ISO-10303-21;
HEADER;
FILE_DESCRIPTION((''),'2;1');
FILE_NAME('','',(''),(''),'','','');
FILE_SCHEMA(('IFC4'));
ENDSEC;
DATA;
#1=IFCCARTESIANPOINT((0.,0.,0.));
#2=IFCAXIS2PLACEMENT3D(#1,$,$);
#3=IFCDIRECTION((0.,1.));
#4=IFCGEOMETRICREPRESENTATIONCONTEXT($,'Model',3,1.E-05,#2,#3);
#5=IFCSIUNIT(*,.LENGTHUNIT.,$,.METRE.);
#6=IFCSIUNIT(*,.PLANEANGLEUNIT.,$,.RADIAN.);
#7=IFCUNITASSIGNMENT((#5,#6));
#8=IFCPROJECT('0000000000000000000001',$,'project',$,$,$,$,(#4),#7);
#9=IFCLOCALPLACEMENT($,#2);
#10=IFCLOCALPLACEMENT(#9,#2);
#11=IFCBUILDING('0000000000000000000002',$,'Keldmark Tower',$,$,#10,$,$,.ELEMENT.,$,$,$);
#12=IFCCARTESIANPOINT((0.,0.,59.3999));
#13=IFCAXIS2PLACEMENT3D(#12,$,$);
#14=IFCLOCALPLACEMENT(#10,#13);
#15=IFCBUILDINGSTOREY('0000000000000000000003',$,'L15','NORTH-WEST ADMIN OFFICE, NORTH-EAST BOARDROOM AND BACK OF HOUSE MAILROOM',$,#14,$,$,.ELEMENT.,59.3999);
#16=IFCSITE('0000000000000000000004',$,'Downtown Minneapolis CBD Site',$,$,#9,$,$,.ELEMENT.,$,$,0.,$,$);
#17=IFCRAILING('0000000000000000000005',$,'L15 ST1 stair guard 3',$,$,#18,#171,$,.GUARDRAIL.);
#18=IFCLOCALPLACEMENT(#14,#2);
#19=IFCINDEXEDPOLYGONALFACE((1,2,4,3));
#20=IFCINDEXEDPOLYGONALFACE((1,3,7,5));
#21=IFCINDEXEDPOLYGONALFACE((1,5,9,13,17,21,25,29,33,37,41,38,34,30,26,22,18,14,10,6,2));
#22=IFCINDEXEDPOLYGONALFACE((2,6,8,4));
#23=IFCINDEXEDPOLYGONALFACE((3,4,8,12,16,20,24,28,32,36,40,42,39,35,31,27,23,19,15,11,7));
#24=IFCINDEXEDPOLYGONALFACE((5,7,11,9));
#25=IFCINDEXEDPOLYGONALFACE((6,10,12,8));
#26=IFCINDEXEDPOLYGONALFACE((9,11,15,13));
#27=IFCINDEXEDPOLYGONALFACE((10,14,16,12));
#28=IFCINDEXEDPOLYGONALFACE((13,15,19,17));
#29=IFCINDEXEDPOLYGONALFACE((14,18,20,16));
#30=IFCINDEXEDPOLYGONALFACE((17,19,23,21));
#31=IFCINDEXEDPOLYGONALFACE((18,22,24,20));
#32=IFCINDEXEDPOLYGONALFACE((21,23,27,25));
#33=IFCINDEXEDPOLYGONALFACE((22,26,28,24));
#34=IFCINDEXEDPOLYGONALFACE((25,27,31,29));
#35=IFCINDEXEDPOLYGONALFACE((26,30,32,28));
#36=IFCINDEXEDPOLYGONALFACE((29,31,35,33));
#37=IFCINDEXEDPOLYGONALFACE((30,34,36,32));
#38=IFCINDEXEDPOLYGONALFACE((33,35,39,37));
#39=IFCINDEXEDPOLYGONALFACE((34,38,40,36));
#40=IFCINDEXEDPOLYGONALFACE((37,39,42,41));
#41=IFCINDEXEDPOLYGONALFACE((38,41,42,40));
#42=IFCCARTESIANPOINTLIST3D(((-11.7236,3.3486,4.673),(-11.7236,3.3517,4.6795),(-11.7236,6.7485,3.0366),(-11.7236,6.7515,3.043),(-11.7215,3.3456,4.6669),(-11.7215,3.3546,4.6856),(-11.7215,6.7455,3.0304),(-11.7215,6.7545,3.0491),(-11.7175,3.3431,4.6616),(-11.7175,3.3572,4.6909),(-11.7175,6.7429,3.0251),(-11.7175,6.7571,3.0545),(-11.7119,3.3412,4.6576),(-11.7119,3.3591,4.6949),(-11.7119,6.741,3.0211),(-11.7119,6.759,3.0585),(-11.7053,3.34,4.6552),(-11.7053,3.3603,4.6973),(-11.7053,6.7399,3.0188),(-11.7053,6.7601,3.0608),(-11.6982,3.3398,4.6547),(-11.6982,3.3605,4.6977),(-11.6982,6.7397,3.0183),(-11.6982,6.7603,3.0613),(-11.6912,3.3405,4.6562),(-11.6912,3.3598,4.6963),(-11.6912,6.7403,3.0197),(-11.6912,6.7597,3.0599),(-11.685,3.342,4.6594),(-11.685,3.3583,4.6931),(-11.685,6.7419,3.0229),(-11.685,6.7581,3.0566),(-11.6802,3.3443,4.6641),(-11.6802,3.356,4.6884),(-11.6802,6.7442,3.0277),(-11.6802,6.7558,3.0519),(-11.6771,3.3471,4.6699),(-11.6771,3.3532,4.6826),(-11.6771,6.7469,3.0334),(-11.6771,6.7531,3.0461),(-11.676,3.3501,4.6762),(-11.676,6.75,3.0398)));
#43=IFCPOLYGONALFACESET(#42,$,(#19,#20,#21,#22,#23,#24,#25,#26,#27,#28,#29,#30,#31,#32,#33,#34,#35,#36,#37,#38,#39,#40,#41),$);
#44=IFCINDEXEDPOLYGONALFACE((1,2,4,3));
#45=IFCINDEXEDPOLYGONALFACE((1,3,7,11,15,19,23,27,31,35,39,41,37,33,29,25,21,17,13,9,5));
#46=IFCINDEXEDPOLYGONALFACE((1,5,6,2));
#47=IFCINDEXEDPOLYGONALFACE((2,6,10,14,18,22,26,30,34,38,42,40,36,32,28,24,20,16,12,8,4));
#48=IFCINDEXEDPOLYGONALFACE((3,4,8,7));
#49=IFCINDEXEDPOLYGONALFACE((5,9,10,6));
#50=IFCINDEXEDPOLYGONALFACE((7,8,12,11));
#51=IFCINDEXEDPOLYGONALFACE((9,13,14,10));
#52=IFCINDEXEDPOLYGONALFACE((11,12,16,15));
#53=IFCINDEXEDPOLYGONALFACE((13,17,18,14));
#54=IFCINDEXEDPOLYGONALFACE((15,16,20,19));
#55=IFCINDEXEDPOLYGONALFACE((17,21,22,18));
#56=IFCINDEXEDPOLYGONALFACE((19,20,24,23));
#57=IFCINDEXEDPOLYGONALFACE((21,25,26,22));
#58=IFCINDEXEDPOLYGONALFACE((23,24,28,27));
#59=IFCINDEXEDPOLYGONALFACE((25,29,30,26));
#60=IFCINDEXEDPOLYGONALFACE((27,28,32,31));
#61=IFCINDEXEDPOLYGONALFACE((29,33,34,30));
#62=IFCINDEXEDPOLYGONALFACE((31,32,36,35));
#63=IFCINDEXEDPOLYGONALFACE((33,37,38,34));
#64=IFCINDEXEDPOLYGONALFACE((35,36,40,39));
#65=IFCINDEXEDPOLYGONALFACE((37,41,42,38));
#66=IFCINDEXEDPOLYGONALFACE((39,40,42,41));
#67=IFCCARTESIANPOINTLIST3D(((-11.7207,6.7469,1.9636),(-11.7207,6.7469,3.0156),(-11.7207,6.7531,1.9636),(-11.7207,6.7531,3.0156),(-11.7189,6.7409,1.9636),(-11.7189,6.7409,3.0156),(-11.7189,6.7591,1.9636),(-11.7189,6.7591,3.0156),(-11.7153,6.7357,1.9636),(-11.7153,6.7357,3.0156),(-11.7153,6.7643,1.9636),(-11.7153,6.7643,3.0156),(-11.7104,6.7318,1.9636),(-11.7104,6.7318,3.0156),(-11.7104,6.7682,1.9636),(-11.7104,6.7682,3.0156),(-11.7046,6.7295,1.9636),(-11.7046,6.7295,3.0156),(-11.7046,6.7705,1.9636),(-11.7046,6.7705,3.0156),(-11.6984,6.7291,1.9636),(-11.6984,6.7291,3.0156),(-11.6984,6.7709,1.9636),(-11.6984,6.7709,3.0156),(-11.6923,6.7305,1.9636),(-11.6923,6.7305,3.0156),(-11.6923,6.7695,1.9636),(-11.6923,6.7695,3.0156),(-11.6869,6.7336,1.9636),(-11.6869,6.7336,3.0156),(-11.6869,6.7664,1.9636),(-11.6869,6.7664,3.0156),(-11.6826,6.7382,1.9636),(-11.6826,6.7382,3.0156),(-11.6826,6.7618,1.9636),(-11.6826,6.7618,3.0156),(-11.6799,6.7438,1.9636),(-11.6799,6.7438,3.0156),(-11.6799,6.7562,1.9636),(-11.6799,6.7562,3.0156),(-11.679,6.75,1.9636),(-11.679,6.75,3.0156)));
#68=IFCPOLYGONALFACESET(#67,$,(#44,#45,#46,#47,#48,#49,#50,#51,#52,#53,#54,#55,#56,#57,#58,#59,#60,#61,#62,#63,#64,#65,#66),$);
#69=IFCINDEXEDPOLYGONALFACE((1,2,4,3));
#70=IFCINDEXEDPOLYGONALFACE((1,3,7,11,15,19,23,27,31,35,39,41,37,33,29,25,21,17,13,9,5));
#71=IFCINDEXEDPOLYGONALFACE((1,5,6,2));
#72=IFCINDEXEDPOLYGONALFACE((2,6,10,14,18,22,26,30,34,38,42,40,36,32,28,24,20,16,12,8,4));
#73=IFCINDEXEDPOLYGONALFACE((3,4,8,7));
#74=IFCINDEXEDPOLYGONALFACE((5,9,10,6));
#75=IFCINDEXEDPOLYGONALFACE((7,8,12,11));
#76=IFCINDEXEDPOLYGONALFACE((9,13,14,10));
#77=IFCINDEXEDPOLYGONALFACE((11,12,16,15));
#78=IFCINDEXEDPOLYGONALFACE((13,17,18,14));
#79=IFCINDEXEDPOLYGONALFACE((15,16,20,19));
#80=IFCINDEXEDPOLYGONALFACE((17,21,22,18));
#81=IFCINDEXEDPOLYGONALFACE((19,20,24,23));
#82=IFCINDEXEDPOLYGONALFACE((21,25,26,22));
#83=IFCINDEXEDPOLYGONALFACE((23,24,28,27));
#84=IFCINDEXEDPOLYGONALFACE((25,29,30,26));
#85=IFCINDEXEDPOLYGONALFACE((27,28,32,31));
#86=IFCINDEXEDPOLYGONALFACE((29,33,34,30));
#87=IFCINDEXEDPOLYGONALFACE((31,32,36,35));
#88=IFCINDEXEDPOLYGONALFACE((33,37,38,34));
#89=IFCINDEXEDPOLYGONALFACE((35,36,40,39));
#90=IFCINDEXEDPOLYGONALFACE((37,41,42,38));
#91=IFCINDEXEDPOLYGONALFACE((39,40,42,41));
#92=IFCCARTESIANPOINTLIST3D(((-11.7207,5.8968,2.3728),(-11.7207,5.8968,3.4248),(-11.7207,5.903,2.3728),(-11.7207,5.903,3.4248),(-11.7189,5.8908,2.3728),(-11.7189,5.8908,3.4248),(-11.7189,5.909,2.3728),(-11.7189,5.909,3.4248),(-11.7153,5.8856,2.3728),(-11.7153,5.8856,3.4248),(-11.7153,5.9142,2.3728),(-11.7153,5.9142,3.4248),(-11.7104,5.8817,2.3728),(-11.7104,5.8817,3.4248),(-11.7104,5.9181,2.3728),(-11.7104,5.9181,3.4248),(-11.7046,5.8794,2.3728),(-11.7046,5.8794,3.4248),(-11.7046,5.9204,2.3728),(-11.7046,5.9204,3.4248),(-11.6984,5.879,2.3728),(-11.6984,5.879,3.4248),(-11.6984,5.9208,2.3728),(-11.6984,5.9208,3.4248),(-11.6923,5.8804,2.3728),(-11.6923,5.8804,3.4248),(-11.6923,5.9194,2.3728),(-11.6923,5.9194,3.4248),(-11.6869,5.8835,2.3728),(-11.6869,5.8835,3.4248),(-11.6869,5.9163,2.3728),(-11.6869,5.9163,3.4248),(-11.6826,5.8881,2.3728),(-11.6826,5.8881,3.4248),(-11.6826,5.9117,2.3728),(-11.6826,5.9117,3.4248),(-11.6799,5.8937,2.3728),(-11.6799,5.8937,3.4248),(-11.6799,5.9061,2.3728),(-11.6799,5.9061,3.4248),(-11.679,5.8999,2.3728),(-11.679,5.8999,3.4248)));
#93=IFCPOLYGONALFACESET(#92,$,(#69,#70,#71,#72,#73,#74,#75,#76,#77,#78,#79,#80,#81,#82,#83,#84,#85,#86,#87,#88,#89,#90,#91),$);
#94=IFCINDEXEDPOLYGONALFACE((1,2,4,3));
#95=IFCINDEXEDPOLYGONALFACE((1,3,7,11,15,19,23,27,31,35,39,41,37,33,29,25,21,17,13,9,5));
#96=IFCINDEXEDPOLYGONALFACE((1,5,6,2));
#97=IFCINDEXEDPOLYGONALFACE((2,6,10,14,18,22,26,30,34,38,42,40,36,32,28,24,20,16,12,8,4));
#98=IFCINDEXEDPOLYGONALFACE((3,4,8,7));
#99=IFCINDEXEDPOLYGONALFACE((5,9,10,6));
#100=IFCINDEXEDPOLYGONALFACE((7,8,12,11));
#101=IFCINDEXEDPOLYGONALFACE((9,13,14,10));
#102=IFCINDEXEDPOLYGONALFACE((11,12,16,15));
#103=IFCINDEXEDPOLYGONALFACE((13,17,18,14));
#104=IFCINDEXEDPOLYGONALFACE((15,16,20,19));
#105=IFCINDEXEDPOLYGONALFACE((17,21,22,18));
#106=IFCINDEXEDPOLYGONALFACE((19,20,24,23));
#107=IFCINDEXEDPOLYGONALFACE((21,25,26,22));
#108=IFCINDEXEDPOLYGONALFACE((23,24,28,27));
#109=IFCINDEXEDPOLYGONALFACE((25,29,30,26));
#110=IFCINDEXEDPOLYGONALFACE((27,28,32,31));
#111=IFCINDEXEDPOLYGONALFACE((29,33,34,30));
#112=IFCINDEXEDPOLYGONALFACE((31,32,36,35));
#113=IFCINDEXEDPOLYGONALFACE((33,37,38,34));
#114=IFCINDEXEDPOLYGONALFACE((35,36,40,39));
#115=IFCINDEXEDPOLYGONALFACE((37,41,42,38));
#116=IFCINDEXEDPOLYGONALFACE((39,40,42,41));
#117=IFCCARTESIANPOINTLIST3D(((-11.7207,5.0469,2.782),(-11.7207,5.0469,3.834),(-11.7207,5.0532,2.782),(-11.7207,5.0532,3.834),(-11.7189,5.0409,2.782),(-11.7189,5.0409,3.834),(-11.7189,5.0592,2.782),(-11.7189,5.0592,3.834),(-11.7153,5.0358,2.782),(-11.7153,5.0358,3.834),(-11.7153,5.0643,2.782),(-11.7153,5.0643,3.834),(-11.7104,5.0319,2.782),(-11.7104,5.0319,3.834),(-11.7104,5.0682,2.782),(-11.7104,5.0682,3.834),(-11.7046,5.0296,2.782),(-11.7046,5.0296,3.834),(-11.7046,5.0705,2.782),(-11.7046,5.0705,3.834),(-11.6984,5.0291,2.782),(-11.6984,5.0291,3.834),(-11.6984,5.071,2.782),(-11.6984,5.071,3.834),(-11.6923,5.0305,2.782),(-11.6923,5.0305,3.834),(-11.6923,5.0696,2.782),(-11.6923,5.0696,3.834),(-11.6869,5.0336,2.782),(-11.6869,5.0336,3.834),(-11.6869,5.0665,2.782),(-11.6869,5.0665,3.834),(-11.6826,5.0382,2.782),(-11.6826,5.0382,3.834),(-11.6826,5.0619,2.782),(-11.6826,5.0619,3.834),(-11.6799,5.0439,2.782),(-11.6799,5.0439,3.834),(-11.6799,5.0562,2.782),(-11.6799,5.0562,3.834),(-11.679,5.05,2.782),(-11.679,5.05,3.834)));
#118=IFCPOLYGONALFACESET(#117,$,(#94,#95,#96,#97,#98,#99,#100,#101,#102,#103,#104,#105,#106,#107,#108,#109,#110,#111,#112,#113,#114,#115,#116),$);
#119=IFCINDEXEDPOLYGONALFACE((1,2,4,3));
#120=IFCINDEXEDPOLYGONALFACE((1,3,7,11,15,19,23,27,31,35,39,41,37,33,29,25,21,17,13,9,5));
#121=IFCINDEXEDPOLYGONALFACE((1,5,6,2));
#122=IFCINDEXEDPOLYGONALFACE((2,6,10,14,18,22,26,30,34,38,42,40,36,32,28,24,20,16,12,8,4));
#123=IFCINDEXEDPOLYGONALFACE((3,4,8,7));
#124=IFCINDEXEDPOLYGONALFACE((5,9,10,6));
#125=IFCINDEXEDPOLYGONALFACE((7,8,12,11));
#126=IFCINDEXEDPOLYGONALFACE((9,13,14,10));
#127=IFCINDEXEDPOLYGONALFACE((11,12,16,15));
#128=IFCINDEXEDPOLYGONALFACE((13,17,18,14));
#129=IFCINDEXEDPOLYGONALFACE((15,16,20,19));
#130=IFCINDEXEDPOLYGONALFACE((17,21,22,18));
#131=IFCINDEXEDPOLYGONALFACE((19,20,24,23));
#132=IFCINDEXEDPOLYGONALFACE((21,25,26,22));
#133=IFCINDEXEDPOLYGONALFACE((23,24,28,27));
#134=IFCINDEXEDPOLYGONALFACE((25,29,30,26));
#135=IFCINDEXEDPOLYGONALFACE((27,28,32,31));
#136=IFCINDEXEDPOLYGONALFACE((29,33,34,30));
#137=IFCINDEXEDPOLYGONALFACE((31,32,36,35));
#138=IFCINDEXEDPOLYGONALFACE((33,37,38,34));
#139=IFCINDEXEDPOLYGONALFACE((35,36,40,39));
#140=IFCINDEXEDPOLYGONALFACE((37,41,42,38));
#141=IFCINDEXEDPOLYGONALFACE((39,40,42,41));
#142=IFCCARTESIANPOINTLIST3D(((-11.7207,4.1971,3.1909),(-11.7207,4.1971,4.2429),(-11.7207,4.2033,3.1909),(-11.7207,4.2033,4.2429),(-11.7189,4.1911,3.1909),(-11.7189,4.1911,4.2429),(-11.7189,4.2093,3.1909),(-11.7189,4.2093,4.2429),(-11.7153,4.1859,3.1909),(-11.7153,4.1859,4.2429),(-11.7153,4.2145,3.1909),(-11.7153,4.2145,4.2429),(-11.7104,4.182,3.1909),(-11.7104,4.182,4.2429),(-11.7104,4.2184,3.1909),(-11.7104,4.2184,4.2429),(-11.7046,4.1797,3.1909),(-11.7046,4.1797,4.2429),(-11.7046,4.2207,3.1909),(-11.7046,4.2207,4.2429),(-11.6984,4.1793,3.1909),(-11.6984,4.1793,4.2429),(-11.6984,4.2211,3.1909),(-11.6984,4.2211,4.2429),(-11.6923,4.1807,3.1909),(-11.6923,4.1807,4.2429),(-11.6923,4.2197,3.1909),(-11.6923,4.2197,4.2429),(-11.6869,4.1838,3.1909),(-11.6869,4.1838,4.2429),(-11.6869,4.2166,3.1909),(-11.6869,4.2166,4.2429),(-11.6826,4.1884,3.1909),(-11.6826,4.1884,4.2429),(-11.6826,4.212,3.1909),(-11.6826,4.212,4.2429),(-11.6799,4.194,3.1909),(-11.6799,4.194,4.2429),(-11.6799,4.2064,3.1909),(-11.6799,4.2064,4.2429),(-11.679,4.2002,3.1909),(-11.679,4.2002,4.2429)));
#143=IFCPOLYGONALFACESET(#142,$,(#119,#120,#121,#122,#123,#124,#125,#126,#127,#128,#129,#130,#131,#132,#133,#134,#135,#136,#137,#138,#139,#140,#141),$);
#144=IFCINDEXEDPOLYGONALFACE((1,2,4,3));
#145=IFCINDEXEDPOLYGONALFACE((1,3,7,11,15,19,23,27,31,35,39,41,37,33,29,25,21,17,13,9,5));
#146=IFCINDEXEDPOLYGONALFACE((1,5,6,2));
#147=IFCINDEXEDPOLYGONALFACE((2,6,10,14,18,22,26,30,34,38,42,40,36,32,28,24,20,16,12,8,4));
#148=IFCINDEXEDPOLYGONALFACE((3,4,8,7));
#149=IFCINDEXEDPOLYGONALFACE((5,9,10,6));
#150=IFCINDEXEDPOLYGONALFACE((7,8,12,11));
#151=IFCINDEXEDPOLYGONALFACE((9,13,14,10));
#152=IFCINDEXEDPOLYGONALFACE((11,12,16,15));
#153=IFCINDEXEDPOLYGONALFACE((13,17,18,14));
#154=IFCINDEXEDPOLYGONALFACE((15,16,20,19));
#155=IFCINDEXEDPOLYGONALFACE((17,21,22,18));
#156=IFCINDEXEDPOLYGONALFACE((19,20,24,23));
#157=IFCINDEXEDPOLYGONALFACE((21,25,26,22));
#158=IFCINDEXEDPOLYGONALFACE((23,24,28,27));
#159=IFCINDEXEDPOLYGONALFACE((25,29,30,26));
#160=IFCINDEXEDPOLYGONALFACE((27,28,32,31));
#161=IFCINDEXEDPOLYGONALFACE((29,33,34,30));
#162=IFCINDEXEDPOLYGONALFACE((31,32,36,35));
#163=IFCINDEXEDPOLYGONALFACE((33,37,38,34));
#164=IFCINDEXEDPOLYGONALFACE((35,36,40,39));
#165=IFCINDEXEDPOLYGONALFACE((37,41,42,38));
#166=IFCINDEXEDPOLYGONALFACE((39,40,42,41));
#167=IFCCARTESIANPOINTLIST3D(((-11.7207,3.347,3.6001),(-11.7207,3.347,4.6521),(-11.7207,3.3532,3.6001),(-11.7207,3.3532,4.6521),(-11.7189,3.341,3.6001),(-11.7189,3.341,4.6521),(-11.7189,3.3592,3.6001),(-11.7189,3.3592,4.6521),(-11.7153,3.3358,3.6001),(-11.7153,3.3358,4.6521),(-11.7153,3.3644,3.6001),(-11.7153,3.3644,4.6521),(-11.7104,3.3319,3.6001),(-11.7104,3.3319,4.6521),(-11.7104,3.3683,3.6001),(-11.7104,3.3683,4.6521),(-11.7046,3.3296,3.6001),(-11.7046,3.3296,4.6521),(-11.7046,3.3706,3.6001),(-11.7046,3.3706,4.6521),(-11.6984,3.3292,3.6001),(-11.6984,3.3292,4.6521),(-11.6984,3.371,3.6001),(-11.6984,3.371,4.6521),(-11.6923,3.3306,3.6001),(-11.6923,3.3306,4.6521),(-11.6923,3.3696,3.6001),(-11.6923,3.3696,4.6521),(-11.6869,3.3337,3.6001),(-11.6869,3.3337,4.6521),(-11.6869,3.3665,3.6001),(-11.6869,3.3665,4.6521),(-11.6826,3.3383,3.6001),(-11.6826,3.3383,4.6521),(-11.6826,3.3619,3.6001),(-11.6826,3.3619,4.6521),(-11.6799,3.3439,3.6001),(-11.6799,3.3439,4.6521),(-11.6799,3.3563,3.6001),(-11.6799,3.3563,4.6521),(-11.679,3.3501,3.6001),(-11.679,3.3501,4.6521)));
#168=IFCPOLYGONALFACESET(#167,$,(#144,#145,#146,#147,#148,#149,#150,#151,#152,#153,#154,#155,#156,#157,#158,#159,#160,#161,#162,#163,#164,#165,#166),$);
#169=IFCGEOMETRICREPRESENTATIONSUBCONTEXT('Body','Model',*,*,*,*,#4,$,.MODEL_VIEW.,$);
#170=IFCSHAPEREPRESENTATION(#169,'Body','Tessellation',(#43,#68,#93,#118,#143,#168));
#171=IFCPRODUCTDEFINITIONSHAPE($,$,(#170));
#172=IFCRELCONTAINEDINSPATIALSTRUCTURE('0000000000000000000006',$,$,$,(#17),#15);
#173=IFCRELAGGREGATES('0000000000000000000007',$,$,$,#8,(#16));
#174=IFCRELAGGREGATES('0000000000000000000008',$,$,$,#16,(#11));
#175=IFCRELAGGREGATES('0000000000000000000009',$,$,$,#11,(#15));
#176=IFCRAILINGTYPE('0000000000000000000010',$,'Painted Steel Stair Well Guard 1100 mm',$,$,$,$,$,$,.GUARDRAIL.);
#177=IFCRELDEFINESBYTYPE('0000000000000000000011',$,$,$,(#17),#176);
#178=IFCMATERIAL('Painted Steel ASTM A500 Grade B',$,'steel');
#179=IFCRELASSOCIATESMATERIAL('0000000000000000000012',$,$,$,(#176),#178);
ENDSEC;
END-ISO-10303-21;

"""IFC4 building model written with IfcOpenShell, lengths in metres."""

from ifc_helpers import new_model, si_unit, direction, frame, origin, origin_2d, place, context, subcontext, project, spatial, circle, extrude, material, type_object, element, save


model = new_model("IFC4")

# Units and contexts
model_context = context("Model", 3, precision=1e-05, world=origin(), true_north=direction((0.0, 1.0)))
body_context = subcontext(model_context, "Body", "Model", "MODEL_VIEW")
ifc_project = project(units=[si_unit("LENGTHUNIT", "METRE"), si_unit("PLANEANGLEUNIT", "RADIAN")], contexts=[model_context])

# Site, building, storey
site_placement = place(None, origin())
site = spatial("IfcSite", under=ifc_project, at=site_placement, Name="Downtown Minneapolis CBD Site", CompositionType="ELEMENT", RefElevation=0.0)
building_placement = place(site_placement, origin())
building = spatial("IfcBuilding", under=site, at=building_placement, Name="Keldmark Tower", CompositionType="ELEMENT")
storey_placement = place(building_placement, frame((0.0, 0.0, 59.3999)))
storey = spatial("IfcBuildingStorey", under=building, at=storey_placement, Name="L15", Description="NORTH-WEST ADMIN OFFICE, NORTH-EAST BOARDROOM AND BACK OF HOUSE MAILROOM", CompositionType="ELEMENT", Elevation=59.3999)

# Railing
ifc_material_1 = material(Name="Painted Steel ASTM A500 Grade B", Category="steel")
railing_type_1 = type_object("IfcRailingType", Name="Painted Steel Stair Well Guard 1100 mm", PredefinedType="GUARDRAIL", material=ifc_material_1)
railing_1_placement = place(storey_placement, frame((-11.7, 6.75, 1.9636)))
element("IfcRailing", 1, at=railing_1_placement, inside=storey, type_object=railing_type_1, Name="L15 ST1 stair guard 3", PredefinedType="GUARDRAIL", context=body_context, shape_type="SweptSolid", body=[
    extrude(circle(Radius=0.0239, at=origin_2d()), frame((0.0, 0.0, 1.0762), z_axis=(0.0, -0.901055, 0.433705), x_axis=(1.0, 0.0, 0.0)), (0.0, 0.0, 1.0), 3.7732),
    extrude(circle(Radius=0.021, at=origin_2d()), origin(), (0.0, 0.0, 1.0), 1.052),
    extrude(circle(Radius=0.021, at=origin_2d()), frame((0.0, -0.8501, 0.4092)), (0.0, 0.0, 1.0), 1.052),
    extrude(circle(Radius=0.021, at=origin_2d()), frame((0.0, -1.7, 0.8184)), (0.0, 0.0, 1.0), 1.052),
    extrude(circle(Radius=0.021, at=origin_2d()), frame((0.0, -2.5498, 1.2273)), (0.0, 0.0, 1.0), 1.052),
    extrude(circle(Radius=0.021, at=origin_2d()), frame((0.0, -3.3999, 1.6365)), (0.0, 0.0, 1.0), 1.052),
])

save(model, "model.ifc")
